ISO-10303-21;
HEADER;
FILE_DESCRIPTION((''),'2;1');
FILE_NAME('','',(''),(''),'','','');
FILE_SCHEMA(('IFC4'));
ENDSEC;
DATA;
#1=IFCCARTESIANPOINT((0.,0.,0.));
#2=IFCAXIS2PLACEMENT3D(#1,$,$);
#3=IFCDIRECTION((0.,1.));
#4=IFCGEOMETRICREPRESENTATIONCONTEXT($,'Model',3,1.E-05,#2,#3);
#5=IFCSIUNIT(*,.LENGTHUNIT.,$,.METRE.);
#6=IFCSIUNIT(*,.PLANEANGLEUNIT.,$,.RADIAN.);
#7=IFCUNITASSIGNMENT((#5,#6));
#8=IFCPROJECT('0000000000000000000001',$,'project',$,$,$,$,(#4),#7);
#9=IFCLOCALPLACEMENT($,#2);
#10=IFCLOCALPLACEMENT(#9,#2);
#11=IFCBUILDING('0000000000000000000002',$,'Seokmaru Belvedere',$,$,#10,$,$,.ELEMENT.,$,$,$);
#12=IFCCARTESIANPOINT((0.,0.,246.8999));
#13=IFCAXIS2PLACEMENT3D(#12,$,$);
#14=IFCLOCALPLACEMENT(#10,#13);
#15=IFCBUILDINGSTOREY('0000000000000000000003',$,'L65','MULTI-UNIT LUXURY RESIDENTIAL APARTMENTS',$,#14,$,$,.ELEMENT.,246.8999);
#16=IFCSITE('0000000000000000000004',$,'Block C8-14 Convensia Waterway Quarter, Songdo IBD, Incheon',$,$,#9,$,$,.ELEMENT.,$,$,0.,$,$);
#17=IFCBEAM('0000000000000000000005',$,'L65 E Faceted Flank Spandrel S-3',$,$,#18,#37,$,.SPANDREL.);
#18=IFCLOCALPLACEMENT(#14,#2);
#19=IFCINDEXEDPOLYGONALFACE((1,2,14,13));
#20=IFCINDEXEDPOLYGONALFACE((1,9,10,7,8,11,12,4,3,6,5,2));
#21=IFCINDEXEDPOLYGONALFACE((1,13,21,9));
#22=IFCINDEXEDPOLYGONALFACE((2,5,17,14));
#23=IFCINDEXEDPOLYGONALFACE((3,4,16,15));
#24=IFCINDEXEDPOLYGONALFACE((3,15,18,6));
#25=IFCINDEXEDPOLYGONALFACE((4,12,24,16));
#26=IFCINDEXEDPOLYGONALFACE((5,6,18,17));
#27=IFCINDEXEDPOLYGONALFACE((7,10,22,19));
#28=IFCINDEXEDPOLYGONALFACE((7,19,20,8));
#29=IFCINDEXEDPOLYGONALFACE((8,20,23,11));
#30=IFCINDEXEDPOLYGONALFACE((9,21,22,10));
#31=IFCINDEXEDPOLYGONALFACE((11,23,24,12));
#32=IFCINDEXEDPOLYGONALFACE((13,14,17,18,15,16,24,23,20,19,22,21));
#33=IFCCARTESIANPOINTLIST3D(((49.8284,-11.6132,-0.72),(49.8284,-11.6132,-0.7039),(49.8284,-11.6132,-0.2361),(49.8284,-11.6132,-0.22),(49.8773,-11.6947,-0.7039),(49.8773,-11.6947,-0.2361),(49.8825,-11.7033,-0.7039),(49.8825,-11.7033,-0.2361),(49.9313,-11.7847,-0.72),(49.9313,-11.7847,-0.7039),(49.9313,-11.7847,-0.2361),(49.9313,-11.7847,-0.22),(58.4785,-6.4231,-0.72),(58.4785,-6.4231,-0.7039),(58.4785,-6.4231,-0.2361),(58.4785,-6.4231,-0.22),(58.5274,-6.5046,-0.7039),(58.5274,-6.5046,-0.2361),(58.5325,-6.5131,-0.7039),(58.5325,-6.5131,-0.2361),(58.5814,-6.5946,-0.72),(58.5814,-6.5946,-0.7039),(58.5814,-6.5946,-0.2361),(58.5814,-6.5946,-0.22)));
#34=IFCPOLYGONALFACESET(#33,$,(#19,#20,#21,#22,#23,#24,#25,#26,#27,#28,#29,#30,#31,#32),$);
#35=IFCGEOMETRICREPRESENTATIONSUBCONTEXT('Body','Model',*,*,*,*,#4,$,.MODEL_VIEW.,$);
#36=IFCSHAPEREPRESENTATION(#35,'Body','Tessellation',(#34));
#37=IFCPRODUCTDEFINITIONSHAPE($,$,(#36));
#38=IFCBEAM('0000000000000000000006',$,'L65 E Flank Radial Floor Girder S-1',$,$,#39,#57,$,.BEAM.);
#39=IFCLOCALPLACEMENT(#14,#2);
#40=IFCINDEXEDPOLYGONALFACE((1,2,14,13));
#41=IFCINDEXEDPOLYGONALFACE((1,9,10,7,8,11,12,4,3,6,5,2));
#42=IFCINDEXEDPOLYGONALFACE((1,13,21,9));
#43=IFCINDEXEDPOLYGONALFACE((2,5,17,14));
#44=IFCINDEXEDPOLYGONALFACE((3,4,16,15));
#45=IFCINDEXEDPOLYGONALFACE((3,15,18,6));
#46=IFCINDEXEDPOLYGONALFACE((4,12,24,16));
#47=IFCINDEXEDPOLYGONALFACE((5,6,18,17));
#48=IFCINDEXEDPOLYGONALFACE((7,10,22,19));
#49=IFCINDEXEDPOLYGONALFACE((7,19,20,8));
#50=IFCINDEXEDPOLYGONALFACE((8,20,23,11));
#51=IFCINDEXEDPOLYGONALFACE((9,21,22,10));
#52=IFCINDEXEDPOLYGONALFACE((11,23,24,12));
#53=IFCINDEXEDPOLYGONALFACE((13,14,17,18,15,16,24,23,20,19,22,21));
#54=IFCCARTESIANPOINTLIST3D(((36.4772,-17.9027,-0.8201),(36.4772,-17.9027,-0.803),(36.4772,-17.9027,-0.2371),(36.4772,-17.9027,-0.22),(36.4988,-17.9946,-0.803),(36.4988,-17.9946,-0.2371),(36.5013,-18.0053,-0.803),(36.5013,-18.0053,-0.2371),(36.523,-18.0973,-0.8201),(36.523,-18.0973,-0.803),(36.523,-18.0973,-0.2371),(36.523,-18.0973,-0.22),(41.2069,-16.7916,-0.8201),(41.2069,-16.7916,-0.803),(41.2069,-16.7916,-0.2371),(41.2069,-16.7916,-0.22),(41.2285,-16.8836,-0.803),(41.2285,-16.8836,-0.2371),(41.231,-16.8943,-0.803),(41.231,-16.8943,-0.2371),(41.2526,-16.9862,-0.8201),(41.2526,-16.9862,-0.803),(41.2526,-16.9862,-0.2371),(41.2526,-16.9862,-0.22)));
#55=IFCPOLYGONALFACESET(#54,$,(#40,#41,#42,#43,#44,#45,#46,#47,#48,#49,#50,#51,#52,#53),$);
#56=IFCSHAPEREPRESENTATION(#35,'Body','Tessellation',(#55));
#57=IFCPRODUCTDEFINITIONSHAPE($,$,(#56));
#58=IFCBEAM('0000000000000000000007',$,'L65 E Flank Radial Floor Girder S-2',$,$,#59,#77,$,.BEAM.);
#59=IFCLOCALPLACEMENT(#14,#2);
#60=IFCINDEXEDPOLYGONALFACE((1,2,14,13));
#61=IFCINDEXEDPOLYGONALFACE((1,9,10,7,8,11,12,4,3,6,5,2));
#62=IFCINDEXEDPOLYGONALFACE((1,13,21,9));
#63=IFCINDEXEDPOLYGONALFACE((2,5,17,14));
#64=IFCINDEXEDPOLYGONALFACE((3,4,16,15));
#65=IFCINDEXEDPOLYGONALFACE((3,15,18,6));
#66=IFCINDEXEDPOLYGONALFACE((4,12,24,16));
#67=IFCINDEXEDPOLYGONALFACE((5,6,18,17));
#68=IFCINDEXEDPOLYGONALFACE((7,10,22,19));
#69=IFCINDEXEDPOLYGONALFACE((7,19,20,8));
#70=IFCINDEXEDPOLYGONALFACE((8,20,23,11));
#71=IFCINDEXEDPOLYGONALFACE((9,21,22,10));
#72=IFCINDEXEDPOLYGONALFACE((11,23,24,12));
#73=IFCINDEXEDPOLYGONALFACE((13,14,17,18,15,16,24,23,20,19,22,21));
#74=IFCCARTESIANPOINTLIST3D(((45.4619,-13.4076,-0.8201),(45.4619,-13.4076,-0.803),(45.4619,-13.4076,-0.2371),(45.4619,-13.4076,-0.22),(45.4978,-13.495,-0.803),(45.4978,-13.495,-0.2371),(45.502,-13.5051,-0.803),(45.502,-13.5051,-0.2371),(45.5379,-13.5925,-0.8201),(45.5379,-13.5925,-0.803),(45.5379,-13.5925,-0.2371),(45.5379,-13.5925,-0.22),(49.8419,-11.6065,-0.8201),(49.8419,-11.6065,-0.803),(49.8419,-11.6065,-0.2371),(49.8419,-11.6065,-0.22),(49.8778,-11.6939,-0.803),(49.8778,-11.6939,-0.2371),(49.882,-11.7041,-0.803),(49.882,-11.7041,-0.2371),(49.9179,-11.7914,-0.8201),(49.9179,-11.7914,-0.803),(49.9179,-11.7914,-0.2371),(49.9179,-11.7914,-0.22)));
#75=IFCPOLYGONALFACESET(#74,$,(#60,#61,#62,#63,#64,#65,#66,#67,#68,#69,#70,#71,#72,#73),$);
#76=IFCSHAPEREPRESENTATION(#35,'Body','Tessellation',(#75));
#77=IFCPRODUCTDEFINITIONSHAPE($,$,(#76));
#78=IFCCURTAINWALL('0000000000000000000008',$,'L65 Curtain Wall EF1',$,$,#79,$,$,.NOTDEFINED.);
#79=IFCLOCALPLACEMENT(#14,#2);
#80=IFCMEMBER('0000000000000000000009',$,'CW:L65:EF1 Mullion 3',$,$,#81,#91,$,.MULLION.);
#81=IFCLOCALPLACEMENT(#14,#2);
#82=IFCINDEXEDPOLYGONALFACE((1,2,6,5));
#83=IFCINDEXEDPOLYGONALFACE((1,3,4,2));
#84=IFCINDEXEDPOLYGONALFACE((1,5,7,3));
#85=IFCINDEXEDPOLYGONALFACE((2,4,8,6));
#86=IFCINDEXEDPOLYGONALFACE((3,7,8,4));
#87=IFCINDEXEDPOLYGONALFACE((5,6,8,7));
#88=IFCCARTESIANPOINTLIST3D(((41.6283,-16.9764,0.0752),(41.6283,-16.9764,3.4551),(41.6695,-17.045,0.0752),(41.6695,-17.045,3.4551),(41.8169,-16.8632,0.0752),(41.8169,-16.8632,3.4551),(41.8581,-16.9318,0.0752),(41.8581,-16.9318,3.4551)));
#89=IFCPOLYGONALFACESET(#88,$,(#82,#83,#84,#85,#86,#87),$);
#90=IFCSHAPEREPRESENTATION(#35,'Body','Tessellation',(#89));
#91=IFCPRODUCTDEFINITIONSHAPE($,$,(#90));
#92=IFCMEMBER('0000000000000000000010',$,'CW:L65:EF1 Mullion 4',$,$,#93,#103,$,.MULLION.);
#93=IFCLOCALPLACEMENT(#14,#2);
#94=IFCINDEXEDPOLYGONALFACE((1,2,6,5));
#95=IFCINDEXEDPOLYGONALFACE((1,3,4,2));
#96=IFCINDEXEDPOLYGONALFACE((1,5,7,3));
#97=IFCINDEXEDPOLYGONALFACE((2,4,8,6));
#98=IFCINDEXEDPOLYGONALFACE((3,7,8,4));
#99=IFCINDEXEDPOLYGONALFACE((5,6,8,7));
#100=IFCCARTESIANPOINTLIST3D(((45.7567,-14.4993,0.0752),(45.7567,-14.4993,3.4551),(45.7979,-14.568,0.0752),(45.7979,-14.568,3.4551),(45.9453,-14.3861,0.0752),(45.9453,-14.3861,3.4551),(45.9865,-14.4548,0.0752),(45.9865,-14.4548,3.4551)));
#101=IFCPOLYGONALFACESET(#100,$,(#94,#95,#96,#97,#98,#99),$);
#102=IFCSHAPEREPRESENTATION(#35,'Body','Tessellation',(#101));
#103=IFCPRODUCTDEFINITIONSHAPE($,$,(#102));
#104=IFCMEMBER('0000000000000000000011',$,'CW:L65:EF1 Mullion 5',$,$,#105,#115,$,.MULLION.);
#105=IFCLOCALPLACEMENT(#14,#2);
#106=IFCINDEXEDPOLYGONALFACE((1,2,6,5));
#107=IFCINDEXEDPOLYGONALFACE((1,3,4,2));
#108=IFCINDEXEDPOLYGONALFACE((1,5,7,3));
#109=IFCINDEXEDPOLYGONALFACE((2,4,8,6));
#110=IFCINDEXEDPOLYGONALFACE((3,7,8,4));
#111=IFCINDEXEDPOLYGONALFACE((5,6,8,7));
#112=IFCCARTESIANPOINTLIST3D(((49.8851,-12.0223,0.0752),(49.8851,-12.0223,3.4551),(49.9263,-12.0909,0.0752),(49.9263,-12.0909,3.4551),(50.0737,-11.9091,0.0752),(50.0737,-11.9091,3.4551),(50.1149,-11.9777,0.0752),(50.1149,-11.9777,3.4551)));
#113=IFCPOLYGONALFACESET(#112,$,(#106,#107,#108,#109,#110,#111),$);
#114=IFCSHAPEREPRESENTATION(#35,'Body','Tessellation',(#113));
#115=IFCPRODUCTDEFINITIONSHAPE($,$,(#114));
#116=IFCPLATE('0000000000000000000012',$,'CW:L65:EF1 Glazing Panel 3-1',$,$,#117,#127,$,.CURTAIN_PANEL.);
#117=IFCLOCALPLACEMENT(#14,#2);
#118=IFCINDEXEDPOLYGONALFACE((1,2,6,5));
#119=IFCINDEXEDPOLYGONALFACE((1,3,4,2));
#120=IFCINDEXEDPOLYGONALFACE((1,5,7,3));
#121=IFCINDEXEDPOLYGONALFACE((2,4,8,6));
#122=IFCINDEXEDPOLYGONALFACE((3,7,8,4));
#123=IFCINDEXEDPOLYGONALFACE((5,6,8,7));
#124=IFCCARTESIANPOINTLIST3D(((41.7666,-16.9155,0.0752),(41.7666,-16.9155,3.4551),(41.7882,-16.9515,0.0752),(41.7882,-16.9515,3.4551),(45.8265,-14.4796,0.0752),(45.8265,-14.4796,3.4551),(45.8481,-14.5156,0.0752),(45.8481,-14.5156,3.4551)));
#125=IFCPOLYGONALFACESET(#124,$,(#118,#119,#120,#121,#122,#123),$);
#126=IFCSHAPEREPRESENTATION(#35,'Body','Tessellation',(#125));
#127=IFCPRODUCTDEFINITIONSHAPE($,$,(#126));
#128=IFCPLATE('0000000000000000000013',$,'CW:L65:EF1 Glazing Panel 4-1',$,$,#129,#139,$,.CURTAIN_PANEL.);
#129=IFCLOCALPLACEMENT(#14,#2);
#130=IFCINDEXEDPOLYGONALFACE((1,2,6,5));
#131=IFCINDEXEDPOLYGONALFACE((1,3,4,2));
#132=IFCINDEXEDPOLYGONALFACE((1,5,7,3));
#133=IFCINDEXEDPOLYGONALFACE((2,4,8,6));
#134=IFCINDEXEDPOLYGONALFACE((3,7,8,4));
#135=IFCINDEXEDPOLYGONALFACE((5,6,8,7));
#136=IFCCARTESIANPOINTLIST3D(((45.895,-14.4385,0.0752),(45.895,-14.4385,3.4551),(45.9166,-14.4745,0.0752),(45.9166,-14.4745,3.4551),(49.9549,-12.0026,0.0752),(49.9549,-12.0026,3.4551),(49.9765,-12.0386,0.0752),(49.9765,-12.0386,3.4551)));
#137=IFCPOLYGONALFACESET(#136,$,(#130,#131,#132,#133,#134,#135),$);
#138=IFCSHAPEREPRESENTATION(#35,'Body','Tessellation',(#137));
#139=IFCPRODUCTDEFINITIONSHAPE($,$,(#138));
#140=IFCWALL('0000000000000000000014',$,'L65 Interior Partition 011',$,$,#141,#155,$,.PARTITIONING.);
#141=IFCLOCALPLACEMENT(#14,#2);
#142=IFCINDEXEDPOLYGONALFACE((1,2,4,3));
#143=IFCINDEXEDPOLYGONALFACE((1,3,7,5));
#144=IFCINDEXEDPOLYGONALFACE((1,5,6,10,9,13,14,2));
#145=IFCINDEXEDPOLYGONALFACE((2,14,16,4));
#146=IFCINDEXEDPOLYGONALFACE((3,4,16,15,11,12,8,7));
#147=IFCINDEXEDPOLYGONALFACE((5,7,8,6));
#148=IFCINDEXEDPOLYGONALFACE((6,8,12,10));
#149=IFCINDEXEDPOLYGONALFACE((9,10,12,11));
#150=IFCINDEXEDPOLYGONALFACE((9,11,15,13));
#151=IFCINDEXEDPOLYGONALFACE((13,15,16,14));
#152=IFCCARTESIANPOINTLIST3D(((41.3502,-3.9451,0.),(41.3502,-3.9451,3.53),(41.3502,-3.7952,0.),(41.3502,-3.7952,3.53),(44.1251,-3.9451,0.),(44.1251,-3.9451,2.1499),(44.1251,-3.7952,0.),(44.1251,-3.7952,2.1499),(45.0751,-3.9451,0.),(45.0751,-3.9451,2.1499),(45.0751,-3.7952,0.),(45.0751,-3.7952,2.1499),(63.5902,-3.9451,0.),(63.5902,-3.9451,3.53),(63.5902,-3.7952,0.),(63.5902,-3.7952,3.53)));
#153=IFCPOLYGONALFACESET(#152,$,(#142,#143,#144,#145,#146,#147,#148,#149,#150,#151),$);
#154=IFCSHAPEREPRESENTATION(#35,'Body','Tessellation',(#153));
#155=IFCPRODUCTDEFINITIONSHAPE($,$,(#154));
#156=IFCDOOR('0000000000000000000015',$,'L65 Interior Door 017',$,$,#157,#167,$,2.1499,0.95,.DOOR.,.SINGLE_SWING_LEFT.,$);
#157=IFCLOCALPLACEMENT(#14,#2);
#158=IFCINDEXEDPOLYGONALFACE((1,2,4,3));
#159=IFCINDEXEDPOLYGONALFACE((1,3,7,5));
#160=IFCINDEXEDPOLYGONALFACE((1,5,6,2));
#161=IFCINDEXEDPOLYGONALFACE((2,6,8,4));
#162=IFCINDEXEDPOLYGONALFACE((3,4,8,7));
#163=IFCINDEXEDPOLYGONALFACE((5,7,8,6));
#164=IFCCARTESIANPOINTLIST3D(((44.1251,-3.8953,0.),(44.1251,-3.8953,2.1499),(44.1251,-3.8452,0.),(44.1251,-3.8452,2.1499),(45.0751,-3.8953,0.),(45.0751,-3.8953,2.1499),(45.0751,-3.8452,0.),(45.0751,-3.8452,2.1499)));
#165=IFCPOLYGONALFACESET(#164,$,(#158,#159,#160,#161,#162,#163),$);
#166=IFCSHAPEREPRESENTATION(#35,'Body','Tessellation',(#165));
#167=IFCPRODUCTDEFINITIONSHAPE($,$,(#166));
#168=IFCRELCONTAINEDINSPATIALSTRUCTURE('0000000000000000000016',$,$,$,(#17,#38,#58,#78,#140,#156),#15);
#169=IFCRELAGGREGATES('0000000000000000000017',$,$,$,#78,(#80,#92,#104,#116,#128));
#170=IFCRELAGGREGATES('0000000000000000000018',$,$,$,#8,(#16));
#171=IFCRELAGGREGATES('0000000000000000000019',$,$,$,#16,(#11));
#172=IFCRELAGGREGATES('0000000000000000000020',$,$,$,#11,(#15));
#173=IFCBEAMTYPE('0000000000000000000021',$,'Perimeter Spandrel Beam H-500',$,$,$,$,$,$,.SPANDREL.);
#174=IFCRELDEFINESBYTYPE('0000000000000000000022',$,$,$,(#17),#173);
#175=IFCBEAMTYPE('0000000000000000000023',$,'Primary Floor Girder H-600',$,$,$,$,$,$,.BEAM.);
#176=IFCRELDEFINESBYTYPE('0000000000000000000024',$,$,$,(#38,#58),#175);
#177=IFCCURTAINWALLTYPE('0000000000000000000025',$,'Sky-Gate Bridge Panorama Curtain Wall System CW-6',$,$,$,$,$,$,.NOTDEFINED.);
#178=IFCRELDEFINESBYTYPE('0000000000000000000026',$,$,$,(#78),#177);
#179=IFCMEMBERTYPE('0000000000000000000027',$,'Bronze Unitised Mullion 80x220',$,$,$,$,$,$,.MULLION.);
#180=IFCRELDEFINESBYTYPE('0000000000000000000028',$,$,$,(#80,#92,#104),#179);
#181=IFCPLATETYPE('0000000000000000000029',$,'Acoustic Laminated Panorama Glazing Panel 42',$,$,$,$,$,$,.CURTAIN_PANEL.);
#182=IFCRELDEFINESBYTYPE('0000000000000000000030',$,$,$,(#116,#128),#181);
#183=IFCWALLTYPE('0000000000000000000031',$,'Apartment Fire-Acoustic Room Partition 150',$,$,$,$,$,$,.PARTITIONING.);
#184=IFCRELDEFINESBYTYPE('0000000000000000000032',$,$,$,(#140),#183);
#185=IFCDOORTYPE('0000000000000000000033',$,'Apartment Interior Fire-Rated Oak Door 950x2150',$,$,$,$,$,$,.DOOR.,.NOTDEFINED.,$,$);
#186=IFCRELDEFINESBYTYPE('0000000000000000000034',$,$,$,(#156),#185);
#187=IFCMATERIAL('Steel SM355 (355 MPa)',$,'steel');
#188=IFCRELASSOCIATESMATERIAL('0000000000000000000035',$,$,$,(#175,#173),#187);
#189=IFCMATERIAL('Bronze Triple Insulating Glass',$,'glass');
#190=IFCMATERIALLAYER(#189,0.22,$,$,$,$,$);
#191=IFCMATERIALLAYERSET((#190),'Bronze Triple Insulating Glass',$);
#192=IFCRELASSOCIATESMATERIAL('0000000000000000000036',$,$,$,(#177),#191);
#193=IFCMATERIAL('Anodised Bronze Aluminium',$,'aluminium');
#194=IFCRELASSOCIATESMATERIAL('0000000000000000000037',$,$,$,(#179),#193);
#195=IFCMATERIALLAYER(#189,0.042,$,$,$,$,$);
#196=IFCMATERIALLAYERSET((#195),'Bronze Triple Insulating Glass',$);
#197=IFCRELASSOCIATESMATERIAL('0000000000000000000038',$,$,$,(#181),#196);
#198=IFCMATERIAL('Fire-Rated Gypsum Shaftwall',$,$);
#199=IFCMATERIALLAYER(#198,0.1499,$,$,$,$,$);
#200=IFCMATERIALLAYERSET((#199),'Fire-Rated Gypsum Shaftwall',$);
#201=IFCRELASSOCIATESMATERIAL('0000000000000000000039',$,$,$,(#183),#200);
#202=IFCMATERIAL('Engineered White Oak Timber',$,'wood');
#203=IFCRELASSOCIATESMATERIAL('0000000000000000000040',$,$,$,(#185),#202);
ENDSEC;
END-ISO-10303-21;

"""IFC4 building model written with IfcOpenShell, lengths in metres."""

from ifc_helpers import new_model, si_unit, direction, frame, frame_2d, origin, origin_2d, place, context, subcontext, project, spatial, rectangle, i_section, extrude, source, transform, mapped, material, layer, layer_set, material_profile, profile_set, type_object, type_shapes, element, fill, aggregate, save


model = new_model("IFC4")

# Units and contexts
model_context = context("Model", 3, precision=1e-05, world=origin(), true_north=direction((0.0, 1.0)))
body_context = subcontext(model_context, "Body", "Model", "MODEL_VIEW")
ifc_project = project(units=[si_unit("LENGTHUNIT", "METRE"), si_unit("PLANEANGLEUNIT", "RADIAN")], contexts=[model_context])

# Site, building, storey
site_placement = place(None, origin())
site = spatial("IfcSite", under=ifc_project, at=site_placement, Name="Block C8-14 Convensia Waterway Quarter, Songdo IBD, Incheon", CompositionType="ELEMENT", RefElevation=0.0)
building_placement = place(site_placement, origin())
building = spatial("IfcBuilding", under=site, at=building_placement, Name="Seokmaru Belvedere", CompositionType="ELEMENT")
storey_placement = place(building_placement, frame((0.0, 0.0, 246.8999)))
storey = spatial("IfcBuildingStorey", under=building, at=storey_placement, Name="L65", Description="MULTI-UNIT LUXURY RESIDENTIAL APARTMENTS", CompositionType="ELEMENT", Elevation=246.8999)

# Shared definitions
ifc_material_1 = material(Name="Steel SM355 (355 MPa)", Category="steel")

# Beams
ifc_material_profile_1 = material_profile(ifc_material_1, i_section(OverallWidth=0.2, OverallDepth=0.6001, WebThickness=0.011, FlangeThickness=0.0171, at=origin_2d()), Name="H-600x200x11x17")
ifc_profile_set_1 = profile_set([ifc_material_profile_1], Name="Steel SM355 (355 MPa)")
beam_type_1 = type_object("IfcBeamType", Name="Primary Floor Girder H-600", PredefinedType="BEAM", material=ifc_profile_set_1)
ifc_material_profile_2 = material_profile(ifc_material_1, i_section(OverallWidth=0.2, OverallDepth=0.5, WebThickness=0.01, FlangeThickness=0.0161, at=origin_2d()), Name="H-500x200x10x16")
ifc_profile_set_2 = profile_set([ifc_material_profile_2], Name="Steel SM355 (355 MPa)")
beam_type_2 = type_object("IfcBeamType", Name="Perimeter Spandrel Beam H-500", PredefinedType="SPANDREL", material=ifc_profile_set_2)
shared_shape_1 = source(origin(), body_context, "Body", "SweptSolid", [
    extrude(i_section(OverallWidth=0.2, OverallDepth=0.5, WebThickness=0.01, FlangeThickness=0.0161, at=origin_2d()), origin(), (0.0, 0.0, 1.0), 10.0876),
])
type_shapes(beam_type_2, [shared_shape_1])
for number, where, z_axis, x_axis, name in (
    (1, (49.8799, -11.699, -0.47), (0.857489, 0.514503, 0.0), (-0.514503, 0.857489, 0.0), "L65 E Faceted Flank Spandrel S-3"),
):
    element("IfcBeam", number, at=place(storey_placement, frame(where, z_axis=z_axis, x_axis=x_axis)), inside=storey, type_object=beam_type_2, Name=name, PredefinedType="SPANDREL", context=body_context, shape_type="MappedRepresentation", body=[
        mapped(shared_shape_1, transform((0.0, 0.0, 0.0), scale=1.0)),
    ])
shared_shape_2 = source(origin(), body_context, "Body", "SweptSolid", [
    extrude(i_section(OverallWidth=0.2, OverallDepth=0.6001, WebThickness=0.011, FlangeThickness=0.0171, at=origin_2d()), origin(), (0.0, 0.0, 1.0), 4.8584),
])
beam_1_placement = place(storey_placement, frame((41.2297, -16.8889, -0.52), z_axis=(-0.973499, -0.228689, 0.0), x_axis=(0.228689, -0.973499, 0.0)))
element("IfcBeam", 2, at=beam_1_placement, inside=storey, type_object=beam_type_1, Name="L65 E Flank Radial Floor Girder S-1", PredefinedType="BEAM", context=body_context, shape_type="MappedRepresentation", body=[
    mapped(shared_shape_2, transform((0.0, 0.0, 0.0), scale=1.0)),
])
shared_shape_3 = source(origin(), body_context, "Body", "SweptSolid", [
    extrude(i_section(OverallWidth=0.2, OverallDepth=0.6001, WebThickness=0.011, FlangeThickness=0.0171, at=origin_2d()), origin(), (0.0, 0.0, 1.0), 4.7358),
])
beam_2_placement = place(storey_placement, frame((49.8799, -11.699, -0.52), z_axis=(-0.924861, -0.380306, 0.0), x_axis=(0.380306, -0.924861, 0.0)))
element("IfcBeam", 3, at=beam_2_placement, inside=storey, type_object=beam_type_1, Name="L65 E Flank Radial Floor Girder S-2", PredefinedType="BEAM", context=body_context, shape_type="MappedRepresentation", body=[
    mapped(shared_shape_3, transform((0.0, 0.0, 0.0), scale=1.0)),
])

# Curtain wall, members, plates
ifc_material_2 = material(Name="Bronze Triple Insulating Glass", Category="glass")
ifc_layer_1 = layer(ifc_material_2, 0.22)
ifc_layer_set_1 = layer_set([ifc_layer_1], Name="Bronze Triple Insulating Glass")
curtain_wall_type = type_object("IfcCurtainWallType", Name="Sky-Gate Bridge Panorama Curtain Wall System CW-6", PredefinedType="NOTDEFINED", material=ifc_layer_set_1)
curtain_wall_placement = place(storey_placement, origin())
curtain_wall = element("IfcCurtainWall", 4, at=curtain_wall_placement, inside=storey, type_object=curtain_wall_type, Name="L65 Curtain Wall EF1", PredefinedType="NOTDEFINED")
ifc_material_3 = material(Name="Anodised Bronze Aluminium", Category="aluminium")
ifc_material_profile_3 = material_profile(ifc_material_3, rectangle(XDim=0.0801, YDim=0.22, at=origin_2d()), Name="CW-M-80x220")
ifc_profile_set_3 = profile_set([ifc_material_profile_3], Name="Anodised Bronze Aluminium")
member_type = type_object("IfcMemberType", Name="Bronze Unitised Mullion 80x220", PredefinedType="MULLION", material=ifc_profile_set_3)
shared_shape_4 = source(origin(), body_context, "Body", "SweptSolid", [
    extrude(rectangle(XDim=0.0801, YDim=0.22, at=origin_2d()), origin(), (0.0, 0.0, 1.0), 3.3799),
])
type_shapes(member_type, [shared_shape_4])
member_1_placement = place(storey_placement, frame((41.7432, -16.9541, 0.0752), z_axis=(0.0, 0.0, 1.0), x_axis=(-0.514495, 0.857493, 0.0)))
member_1 = element("IfcMember", 5, at=member_1_placement, type_object=member_type, Name="CW:L65:EF1 Mullion 3", PredefinedType="MULLION", context=body_context, shape_type="MappedRepresentation", body=[
    mapped(shared_shape_4, transform((0.0, 0.0, 0.0), scale=1.0)),
])
member_2_placement = place(storey_placement, frame((45.8716, -14.4771, 0.0752), z_axis=(0.0, 0.0, 1.0), x_axis=(-0.514495, 0.857493, 0.0)))
member_2 = element("IfcMember", 6, at=member_2_placement, type_object=member_type, Name="CW:L65:EF1 Mullion 4", PredefinedType="MULLION", context=body_context, shape_type="MappedRepresentation", body=[
    mapped(shared_shape_4, transform((0.0, 0.0, 0.0), scale=1.0)),
])
member_3_placement = place(storey_placement, frame((50.0, -12.0, 0.0752), z_axis=(0.0, 0.0, 1.0), x_axis=(-0.514495, 0.857493, 0.0)))
member_3 = element("IfcMember", 7, at=member_3_placement, type_object=member_type, Name="CW:L65:EF1 Mullion 5", PredefinedType="MULLION", context=body_context, shape_type="MappedRepresentation", body=[
    mapped(shared_shape_4, transform((0.0, 0.0, 0.0), scale=1.0)),
])
ifc_layer_2 = layer(ifc_material_2, 0.042)
ifc_layer_set_2 = layer_set([ifc_layer_2], Name="Bronze Triple Insulating Glass")
plate_type = type_object("IfcPlateType", Name="Acoustic Laminated Panorama Glazing Panel 42", PredefinedType="CURTAIN_PANEL", material=ifc_layer_set_2)
shared_shape_5 = source(origin(), body_context, "Body", "SweptSolid", [
    extrude(rectangle(XDim=4.7346, YDim=0.042, at=origin_2d()), origin(), (0.0, 0.0, 1.0), 3.3799),
])
type_shapes(plate_type, [shared_shape_5])
plate_1_placement = place(storey_placement, frame((43.8074, -15.7156, 0.0752), z_axis=(0.0, 0.0, 1.0), x_axis=(0.857493, 0.514495, 0.0)))
plate_1 = element("IfcPlate", 8, at=plate_1_placement, type_object=plate_type, Name="CW:L65:EF1 Glazing Panel 3-1", PredefinedType="CURTAIN_PANEL", context=body_context, shape_type="MappedRepresentation", body=[
    mapped(shared_shape_5, transform((0.0, 0.0, 0.0), scale=1.0)),
])
plate_2_placement = place(storey_placement, frame((47.9358, -13.2385, 0.0752), z_axis=(0.0, 0.0, 1.0), x_axis=(0.857493, 0.514495, 0.0)))
plate_2 = element("IfcPlate", 9, at=plate_2_placement, type_object=plate_type, Name="CW:L65:EF1 Glazing Panel 4-1", PredefinedType="CURTAIN_PANEL", context=body_context, shape_type="MappedRepresentation", body=[
    mapped(shared_shape_5, transform((0.0, 0.0, 0.0), scale=1.0)),
])
aggregate(curtain_wall, [member_1, member_2, member_3, plate_1, plate_2])

# Wall, opening, door
ifc_material_4 = material(Name="Fire-Rated Gypsum Shaftwall")
ifc_layer_3 = layer(ifc_material_4, 0.1499)
ifc_layer_set_3 = layer_set([ifc_layer_3], Name="Fire-Rated Gypsum Shaftwall")
wall_type_1 = type_object("IfcWallType", Name="Apartment Fire-Acoustic Room Partition 150", PredefinedType="PARTITIONING", material=ifc_layer_set_3)
wall_1_placement = place(storey_placement, frame((41.3501, -3.8701, 0.0), z_axis=(0.0, 0.0, 1.0), x_axis=(1.0, 0.0, 0.0)))
wall_1 = element("IfcWall", 10, at=wall_1_placement, inside=storey, type_object=wall_type_1, Name="L65 Interior Partition 011", PredefinedType="PARTITIONING", context=body_context, shape_type="SweptSolid", body=[
    extrude(rectangle(XDim=22.24, YDim=0.1499, at=frame_2d((11.1201, 0.0))), origin(), (0.0, 0.0, 1.0), 3.53),
])
opening_1_placement = place(wall_1_placement, frame((2.7749, 0.0, 0.0)))
opening_1 = element("IfcOpeningElement", 11, at=opening_1_placement, cuts=wall_1, PredefinedType="OPENING", context=body_context, shape_type="SweptSolid", body=[
    extrude(rectangle(XDim=0.95, YDim=2.1499, at=frame_2d((0.4751, 1.075))), frame((0.0, 0.085, 0.0), z_axis=(0.0, -1.0, 0.0), x_axis=(1.0, 0.0, 0.0)), (0.0, 0.0, 1.0), 0.1699),
])
ifc_material_5 = material(Name="Engineered White Oak Timber", Category="wood")
door_type = type_object("IfcDoorType", Name="Apartment Interior Fire-Rated Oak Door 950x2150", OperationType="NOTDEFINED", PredefinedType="DOOR", material=ifc_material_5)
shared_shape_6 = source(origin(), body_context, "Body", "SweptSolid", [
    extrude(rectangle(XDim=0.95, YDim=2.1499, at=frame_2d((0.4751, 1.075))), frame((0.0, 0.0249, 0.0), z_axis=(0.0, -1.0, 0.0), x_axis=(1.0, 0.0, 0.0)), (0.0, 0.0, 1.0), 0.05),
])
type_shapes(door_type, [shared_shape_6])
door_1_placement = place(opening_1_placement, origin())
door_1 = element("IfcDoor", 12, at=door_1_placement, inside=storey, type_object=door_type, Name="L65 Interior Door 017", OperationType="SINGLE_SWING_LEFT", OverallHeight=2.1499, OverallWidth=0.95, PredefinedType="DOOR", context=body_context, shape_type="MappedRepresentation", body=[
    mapped(shared_shape_6, transform((0.0, 0.0, 0.0), scale=1.0)),
])
fill(opening_1, door_1)

save(model, "model.ifc")
